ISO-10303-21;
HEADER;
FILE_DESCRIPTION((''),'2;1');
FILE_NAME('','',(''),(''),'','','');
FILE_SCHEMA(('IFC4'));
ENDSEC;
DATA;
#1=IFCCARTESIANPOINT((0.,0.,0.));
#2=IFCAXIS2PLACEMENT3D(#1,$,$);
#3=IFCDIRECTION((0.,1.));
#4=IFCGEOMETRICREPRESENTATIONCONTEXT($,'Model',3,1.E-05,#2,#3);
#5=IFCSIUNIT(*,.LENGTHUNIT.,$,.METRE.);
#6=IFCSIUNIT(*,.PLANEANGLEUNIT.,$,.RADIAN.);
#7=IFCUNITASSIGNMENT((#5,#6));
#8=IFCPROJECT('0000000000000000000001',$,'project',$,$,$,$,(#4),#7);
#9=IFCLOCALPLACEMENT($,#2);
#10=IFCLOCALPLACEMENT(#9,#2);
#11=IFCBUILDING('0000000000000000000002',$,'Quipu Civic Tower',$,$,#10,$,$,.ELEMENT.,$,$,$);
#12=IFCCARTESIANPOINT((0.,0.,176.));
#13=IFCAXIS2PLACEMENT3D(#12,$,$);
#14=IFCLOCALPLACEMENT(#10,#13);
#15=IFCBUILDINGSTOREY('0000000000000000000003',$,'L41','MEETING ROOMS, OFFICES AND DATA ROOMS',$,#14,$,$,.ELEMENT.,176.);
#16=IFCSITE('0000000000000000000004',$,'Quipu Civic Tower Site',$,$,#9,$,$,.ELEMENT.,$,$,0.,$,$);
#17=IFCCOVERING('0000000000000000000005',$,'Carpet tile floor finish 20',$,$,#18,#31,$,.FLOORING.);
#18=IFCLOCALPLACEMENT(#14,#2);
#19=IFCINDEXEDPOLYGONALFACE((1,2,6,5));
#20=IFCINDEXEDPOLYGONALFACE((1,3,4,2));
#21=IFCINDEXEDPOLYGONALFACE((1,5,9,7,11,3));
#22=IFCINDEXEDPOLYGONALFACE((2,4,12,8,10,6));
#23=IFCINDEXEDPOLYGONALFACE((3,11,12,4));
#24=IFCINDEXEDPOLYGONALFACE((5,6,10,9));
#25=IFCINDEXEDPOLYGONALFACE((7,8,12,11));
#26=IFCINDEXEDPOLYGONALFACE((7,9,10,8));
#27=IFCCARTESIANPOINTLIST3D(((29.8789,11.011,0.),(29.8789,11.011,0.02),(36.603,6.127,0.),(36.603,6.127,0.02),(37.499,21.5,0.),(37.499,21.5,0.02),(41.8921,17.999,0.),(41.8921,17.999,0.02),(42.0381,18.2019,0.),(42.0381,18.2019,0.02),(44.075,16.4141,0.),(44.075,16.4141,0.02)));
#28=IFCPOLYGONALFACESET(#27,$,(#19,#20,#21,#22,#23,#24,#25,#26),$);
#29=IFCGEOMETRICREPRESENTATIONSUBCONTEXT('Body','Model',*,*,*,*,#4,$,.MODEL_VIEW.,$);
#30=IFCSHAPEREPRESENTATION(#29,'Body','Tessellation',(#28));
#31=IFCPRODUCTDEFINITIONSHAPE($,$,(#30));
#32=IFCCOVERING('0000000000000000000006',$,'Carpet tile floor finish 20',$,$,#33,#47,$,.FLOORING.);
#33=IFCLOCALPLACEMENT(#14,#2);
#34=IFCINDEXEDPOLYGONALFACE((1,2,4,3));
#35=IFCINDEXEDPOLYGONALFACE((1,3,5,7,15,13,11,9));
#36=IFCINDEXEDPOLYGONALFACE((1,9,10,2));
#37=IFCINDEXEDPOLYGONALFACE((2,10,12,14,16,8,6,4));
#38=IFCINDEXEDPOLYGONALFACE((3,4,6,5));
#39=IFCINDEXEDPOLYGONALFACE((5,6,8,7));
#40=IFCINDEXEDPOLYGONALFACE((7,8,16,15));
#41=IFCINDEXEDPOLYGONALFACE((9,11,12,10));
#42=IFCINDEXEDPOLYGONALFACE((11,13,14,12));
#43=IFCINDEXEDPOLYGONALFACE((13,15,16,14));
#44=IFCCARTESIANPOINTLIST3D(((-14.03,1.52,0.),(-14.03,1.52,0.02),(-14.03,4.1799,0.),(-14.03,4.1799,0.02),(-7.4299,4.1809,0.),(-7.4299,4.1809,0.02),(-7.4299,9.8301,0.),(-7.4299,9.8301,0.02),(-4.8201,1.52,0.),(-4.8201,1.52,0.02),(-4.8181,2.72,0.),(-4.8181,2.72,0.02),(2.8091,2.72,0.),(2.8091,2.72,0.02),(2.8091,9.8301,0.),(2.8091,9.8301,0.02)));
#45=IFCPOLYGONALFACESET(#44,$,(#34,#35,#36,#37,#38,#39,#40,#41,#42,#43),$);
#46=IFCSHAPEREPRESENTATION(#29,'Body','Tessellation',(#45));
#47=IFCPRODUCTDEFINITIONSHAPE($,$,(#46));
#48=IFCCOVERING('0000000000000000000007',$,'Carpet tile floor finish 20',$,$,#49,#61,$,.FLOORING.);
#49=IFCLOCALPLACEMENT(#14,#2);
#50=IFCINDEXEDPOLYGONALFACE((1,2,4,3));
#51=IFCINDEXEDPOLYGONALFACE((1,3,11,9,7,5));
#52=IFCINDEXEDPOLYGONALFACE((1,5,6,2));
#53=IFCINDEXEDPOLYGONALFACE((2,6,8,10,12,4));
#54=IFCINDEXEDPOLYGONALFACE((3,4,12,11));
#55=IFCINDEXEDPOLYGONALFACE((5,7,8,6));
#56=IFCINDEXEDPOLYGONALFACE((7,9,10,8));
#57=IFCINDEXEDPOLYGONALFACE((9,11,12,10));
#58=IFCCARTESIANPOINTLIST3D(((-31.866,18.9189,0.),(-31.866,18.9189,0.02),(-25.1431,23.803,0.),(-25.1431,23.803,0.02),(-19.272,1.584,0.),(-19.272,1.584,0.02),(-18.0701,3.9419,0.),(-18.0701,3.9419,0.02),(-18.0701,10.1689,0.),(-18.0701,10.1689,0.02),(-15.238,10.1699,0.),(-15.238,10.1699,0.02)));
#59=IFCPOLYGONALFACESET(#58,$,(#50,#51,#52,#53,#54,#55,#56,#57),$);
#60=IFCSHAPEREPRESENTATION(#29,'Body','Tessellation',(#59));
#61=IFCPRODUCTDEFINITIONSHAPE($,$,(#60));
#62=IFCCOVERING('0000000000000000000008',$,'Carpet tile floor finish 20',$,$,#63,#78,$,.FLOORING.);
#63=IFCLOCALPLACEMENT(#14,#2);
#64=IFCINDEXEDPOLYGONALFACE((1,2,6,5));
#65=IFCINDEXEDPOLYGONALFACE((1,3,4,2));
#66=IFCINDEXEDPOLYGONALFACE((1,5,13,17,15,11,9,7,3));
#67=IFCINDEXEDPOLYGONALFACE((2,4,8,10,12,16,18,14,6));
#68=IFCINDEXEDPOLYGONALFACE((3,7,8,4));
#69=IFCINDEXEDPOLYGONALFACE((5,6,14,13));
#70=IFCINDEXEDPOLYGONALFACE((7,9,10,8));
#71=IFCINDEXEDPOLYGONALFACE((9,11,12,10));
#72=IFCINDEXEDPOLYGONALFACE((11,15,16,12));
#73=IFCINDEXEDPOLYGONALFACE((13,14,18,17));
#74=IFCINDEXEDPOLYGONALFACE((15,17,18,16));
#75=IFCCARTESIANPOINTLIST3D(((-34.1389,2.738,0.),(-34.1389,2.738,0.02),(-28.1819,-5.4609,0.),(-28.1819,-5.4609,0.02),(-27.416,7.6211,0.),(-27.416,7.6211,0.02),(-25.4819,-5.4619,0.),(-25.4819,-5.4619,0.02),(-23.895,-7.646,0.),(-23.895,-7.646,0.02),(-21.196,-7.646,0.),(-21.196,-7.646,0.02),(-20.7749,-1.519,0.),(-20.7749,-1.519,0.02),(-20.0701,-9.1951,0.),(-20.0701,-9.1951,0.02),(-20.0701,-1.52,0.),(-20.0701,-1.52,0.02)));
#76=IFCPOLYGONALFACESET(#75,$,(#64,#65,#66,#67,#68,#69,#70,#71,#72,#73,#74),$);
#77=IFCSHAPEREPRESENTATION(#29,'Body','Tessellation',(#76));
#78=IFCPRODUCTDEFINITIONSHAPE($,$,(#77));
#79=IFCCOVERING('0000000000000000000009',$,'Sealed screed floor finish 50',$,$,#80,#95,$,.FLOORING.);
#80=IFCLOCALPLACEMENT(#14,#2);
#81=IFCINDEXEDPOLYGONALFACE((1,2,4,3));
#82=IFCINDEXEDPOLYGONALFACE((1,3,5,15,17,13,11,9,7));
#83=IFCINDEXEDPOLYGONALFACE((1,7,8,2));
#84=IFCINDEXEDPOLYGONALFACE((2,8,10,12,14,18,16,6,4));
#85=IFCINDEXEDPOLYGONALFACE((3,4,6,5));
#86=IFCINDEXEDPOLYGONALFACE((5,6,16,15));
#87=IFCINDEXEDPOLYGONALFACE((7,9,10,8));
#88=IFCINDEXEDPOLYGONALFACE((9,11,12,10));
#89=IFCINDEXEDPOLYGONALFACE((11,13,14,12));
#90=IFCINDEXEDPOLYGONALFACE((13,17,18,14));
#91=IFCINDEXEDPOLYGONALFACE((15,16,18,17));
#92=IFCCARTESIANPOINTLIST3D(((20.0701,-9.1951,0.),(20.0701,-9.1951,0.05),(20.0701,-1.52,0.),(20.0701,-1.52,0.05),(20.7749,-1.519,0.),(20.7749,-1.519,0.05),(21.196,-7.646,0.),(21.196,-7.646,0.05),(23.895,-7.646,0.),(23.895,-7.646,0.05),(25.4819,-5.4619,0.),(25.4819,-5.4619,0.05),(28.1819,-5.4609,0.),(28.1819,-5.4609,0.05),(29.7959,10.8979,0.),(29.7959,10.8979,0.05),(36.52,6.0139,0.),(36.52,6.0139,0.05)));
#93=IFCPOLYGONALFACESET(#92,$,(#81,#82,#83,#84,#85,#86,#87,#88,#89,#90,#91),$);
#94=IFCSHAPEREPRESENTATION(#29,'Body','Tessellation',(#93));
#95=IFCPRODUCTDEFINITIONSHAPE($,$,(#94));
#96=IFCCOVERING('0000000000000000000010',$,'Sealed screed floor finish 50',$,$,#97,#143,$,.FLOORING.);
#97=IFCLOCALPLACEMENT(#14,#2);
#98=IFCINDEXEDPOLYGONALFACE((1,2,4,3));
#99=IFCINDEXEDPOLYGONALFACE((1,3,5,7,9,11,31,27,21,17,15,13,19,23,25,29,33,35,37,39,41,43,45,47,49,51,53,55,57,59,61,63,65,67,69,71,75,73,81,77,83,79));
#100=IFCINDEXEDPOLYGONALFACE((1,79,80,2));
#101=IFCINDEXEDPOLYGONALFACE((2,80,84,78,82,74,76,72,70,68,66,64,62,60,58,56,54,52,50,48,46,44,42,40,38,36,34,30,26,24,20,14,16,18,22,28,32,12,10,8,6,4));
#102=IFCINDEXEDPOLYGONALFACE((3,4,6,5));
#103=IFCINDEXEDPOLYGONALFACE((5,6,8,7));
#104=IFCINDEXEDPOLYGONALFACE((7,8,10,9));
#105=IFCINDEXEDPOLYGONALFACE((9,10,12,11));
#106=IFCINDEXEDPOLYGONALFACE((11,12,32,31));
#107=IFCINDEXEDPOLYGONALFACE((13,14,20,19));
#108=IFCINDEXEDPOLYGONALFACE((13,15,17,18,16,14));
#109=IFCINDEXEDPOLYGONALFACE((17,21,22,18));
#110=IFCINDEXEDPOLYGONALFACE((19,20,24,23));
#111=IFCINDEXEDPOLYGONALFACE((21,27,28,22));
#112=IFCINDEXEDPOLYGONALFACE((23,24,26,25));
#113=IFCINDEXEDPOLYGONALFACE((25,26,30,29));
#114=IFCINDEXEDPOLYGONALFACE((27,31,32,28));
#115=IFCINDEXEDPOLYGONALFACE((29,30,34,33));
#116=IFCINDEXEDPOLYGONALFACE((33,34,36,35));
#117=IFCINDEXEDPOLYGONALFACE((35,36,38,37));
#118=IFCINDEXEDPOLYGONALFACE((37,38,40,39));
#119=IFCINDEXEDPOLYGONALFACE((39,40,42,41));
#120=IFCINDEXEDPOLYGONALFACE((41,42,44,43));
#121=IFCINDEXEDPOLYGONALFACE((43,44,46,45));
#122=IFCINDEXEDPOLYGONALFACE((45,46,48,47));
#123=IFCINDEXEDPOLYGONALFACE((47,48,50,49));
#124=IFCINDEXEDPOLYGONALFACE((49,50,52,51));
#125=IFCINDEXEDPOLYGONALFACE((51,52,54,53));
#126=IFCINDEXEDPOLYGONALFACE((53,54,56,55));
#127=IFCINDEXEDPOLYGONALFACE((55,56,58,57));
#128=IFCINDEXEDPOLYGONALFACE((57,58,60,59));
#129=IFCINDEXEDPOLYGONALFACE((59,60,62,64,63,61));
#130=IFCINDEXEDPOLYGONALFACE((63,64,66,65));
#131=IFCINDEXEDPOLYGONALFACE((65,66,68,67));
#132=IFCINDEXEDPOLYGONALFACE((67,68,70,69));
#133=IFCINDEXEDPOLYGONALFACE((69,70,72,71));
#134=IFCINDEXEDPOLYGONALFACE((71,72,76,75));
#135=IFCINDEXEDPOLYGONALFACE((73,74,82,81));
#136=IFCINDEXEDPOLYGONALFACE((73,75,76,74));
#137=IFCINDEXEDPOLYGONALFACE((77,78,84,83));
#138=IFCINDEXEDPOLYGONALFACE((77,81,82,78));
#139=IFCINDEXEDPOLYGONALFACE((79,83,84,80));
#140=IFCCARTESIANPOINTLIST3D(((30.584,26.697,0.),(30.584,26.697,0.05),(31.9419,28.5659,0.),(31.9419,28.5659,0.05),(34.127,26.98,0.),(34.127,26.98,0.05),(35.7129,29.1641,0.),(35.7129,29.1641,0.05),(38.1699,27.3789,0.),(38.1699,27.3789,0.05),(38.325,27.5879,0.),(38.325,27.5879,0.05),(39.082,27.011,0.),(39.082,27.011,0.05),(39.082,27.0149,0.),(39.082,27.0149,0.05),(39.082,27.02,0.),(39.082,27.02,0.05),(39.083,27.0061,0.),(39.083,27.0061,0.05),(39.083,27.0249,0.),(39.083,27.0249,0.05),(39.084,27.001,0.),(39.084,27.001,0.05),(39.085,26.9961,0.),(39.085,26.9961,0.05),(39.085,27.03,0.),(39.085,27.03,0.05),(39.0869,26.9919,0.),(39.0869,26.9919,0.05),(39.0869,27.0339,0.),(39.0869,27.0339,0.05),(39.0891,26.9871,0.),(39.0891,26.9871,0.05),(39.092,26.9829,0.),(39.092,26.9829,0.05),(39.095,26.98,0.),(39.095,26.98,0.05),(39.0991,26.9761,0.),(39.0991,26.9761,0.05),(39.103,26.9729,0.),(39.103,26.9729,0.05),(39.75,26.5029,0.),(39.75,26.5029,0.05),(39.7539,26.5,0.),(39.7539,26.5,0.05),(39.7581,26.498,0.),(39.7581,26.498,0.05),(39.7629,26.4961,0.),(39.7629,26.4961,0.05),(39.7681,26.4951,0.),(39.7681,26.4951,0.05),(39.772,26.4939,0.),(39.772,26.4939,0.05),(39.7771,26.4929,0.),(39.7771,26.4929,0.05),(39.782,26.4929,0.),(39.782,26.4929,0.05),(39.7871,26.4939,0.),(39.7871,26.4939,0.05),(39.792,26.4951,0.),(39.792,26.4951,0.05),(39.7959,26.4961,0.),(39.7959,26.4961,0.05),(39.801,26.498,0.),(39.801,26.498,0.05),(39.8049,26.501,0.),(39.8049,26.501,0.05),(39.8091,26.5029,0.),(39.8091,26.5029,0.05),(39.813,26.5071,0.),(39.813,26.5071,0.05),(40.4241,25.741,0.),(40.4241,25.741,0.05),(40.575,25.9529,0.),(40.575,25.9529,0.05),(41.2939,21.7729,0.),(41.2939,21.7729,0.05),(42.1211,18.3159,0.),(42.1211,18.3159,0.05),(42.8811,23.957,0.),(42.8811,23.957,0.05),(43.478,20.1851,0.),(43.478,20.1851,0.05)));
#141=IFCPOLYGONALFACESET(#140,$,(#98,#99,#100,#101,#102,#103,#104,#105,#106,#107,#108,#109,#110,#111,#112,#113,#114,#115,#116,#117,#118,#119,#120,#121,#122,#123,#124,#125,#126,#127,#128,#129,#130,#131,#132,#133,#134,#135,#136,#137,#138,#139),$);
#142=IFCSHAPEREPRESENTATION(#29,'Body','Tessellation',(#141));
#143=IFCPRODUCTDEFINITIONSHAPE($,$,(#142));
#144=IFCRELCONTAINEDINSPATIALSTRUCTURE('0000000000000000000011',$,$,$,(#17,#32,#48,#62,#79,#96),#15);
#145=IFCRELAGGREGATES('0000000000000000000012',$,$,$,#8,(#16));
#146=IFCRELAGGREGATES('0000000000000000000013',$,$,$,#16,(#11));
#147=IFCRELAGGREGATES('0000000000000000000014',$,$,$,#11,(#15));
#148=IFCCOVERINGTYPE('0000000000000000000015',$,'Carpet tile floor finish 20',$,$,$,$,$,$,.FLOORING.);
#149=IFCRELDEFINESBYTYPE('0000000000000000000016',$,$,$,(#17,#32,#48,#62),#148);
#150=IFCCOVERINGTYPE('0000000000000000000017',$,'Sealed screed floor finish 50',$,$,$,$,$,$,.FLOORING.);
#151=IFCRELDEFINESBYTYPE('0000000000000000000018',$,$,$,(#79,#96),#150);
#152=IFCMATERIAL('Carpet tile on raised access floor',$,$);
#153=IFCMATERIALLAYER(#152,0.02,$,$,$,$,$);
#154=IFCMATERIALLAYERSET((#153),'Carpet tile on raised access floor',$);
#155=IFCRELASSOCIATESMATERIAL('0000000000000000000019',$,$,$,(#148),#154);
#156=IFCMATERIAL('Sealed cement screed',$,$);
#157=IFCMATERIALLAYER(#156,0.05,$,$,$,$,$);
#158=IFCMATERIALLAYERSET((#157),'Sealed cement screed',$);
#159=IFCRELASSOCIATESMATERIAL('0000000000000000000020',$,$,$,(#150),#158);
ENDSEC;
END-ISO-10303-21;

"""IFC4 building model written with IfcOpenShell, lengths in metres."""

from ifc_helpers import new_model, si_unit, direction, frame, origin, place, context, subcontext, project, spatial, polyline, outline, extrude, material, layer, layer_set, type_object, element, save


model = new_model("IFC4")

# Units and contexts
model_context = context("Model", 3, precision=1e-05, world=origin(), true_north=direction((0.0, 1.0)))
body_context = subcontext(model_context, "Body", "Model", "MODEL_VIEW")
ifc_project = project(units=[si_unit("LENGTHUNIT", "METRE"), si_unit("PLANEANGLEUNIT", "RADIAN")], contexts=[model_context])

# Site, building, storey
site_placement = place(None, origin())
site = spatial("IfcSite", under=ifc_project, at=site_placement, Name="Quipu Civic Tower Site", CompositionType="ELEMENT", RefElevation=0.0)
building_placement = place(site_placement, origin())
building = spatial("IfcBuilding", under=site, at=building_placement, Name="Quipu Civic Tower", CompositionType="ELEMENT")
storey_placement = place(building_placement, frame((0.0, 0.0, 176.0)))
storey = spatial("IfcBuildingStorey", under=building, at=storey_placement, Name="L41", Description="MEETING ROOMS, OFFICES AND DATA ROOMS", CompositionType="ELEMENT", Elevation=176.0)

# Coverings
ifc_material_1 = material(Name="Carpet tile on raised access floor")
ifc_layer_1 = layer(ifc_material_1, 0.02)
ifc_layer_set_1 = layer_set([ifc_layer_1], Name="Carpet tile on raised access floor")
covering_type_1 = type_object("IfcCoveringType", Name="Carpet tile floor finish 20", PredefinedType="FLOORING", material=ifc_layer_set_1)
covering_1_placement = place(storey_placement, origin())
element("IfcCovering", 1, at=covering_1_placement, inside=storey, type_object=covering_type_1, Name="Carpet tile floor finish 20", PredefinedType="FLOORING", context=body_context, shape_type="SweptSolid", body=[
    extrude(outline(polyline([(29.8789, 11.011), (37.499, 21.5), (42.0381, 18.2019), (41.8921, 17.999), (44.075, 16.4141), (36.603, 6.127), (29.8789, 11.011)])), origin(), (0.0, 0.0, 1.0), 0.02),
])
covering_2_placement = place(storey_placement, origin())
element("IfcCovering", 2, at=covering_2_placement, inside=storey, type_object=covering_type_1, Name="Carpet tile floor finish 20", PredefinedType="FLOORING", context=body_context, shape_type="SweptSolid", body=[
    extrude(outline(polyline([(-14.03, 1.52), (-14.03, 4.1799), (-7.4299, 4.1809), (-7.4299, 9.8301), (2.8091, 9.8301), (2.8091, 2.72), (-4.8181, 2.72), (-4.8201, 1.52), (-14.03, 1.52)])), origin(), (0.0, 0.0, 1.0), 0.02),
])
covering_3_placement = place(storey_placement, origin())
element("IfcCovering", 3, at=covering_3_placement, inside=storey, type_object=covering_type_1, Name="Carpet tile floor finish 20", PredefinedType="FLOORING", context=body_context, shape_type="SweptSolid", body=[
    extrude(outline(polyline([(-31.866, 18.9189), (-25.1431, 23.803), (-15.238, 10.1699), (-18.0701, 10.1689), (-18.0701, 3.9419), (-19.272, 1.584), (-31.866, 18.9189)])), origin(), (0.0, 0.0, 1.0), 0.02),
])
covering_4_placement = place(storey_placement, origin())
element("IfcCovering", 4, at=covering_4_placement, inside=storey, type_object=covering_type_1, Name="Carpet tile floor finish 20", PredefinedType="FLOORING", context=body_context, shape_type="SweptSolid", body=[
    extrude(outline(polyline([(-34.1389, 2.738), (-27.416, 7.6211), (-20.7749, -1.519), (-20.0701, -1.52), (-20.0701, -9.1951), (-21.196, -7.646), (-23.895, -7.646), (-25.4819, -5.4619), (-28.1819, -5.4609), (-34.1389, 2.738)])), origin(), (0.0, 0.0, 1.0), 0.02),
])
ifc_material_2 = material(Name="Sealed cement screed")
ifc_layer_2 = layer(ifc_material_2, 0.05)
ifc_layer_set_2 = layer_set([ifc_layer_2], Name="Sealed cement screed")
covering_type_2 = type_object("IfcCoveringType", Name="Sealed screed floor finish 50", PredefinedType="FLOORING", material=ifc_layer_set_2)
covering_5_placement = place(storey_placement, origin())
element("IfcCovering", 5, at=covering_5_placement, inside=storey, type_object=covering_type_2, Name="Sealed screed floor finish 50", PredefinedType="FLOORING", context=body_context, shape_type="SweptSolid", body=[
    extrude(outline(polyline([(20.0701, -9.1951), (20.0701, -1.52), (20.7749, -1.519), (29.7959, 10.8979), (36.52, 6.0139), (28.1819, -5.4609), (25.4819, -5.4619), (23.895, -7.646), (21.196, -7.646), (20.0701, -9.1951)])), origin(), (0.0, 0.0, 1.0), 0.05),
])
covering_6_placement = place(storey_placement, origin())
element("IfcCovering", 6, at=covering_6_placement, inside=storey, type_object=covering_type_2, Name="Sealed screed floor finish 50", PredefinedType="FLOORING", context=body_context, shape_type="SweptSolid", body=[
    extrude(outline(polyline([(30.584, 26.697), (31.9419, 28.5659), (34.127, 26.98), (35.7129, 29.1641), (38.1699, 27.3789), (38.325, 27.5879), (39.0869, 27.0339), (39.085, 27.03), (39.083, 27.0249), (39.082, 27.02), (39.082, 27.0149), (39.082, 27.011), (39.083, 27.0061), (39.084, 27.001), (39.085, 26.9961), (39.0869, 26.9919), (39.0891, 26.9871), (39.092, 26.9829), (39.095, 26.98), (39.0991, 26.9761), (39.103, 26.9729), (39.75, 26.5029), (39.7539, 26.5), (39.7581, 26.498), (39.7629, 26.4961), (39.7681, 26.4951), (39.772, 26.4939), (39.7771, 26.4929), (39.782, 26.4929), (39.7871, 26.4939), (39.792, 26.4951), (39.7959, 26.4961), (39.801, 26.498), (39.8049, 26.501), (39.8091, 26.5029), (39.813, 26.5071), (40.575, 25.9529), (40.4241, 25.741), (42.8811, 23.957), (41.2939, 21.7729), (43.478, 20.1851), (42.1211, 18.3159), (30.584, 26.697)])), origin(), (0.0, 0.0, 1.0), 0.05),
])

save(model, "model.ifc")
